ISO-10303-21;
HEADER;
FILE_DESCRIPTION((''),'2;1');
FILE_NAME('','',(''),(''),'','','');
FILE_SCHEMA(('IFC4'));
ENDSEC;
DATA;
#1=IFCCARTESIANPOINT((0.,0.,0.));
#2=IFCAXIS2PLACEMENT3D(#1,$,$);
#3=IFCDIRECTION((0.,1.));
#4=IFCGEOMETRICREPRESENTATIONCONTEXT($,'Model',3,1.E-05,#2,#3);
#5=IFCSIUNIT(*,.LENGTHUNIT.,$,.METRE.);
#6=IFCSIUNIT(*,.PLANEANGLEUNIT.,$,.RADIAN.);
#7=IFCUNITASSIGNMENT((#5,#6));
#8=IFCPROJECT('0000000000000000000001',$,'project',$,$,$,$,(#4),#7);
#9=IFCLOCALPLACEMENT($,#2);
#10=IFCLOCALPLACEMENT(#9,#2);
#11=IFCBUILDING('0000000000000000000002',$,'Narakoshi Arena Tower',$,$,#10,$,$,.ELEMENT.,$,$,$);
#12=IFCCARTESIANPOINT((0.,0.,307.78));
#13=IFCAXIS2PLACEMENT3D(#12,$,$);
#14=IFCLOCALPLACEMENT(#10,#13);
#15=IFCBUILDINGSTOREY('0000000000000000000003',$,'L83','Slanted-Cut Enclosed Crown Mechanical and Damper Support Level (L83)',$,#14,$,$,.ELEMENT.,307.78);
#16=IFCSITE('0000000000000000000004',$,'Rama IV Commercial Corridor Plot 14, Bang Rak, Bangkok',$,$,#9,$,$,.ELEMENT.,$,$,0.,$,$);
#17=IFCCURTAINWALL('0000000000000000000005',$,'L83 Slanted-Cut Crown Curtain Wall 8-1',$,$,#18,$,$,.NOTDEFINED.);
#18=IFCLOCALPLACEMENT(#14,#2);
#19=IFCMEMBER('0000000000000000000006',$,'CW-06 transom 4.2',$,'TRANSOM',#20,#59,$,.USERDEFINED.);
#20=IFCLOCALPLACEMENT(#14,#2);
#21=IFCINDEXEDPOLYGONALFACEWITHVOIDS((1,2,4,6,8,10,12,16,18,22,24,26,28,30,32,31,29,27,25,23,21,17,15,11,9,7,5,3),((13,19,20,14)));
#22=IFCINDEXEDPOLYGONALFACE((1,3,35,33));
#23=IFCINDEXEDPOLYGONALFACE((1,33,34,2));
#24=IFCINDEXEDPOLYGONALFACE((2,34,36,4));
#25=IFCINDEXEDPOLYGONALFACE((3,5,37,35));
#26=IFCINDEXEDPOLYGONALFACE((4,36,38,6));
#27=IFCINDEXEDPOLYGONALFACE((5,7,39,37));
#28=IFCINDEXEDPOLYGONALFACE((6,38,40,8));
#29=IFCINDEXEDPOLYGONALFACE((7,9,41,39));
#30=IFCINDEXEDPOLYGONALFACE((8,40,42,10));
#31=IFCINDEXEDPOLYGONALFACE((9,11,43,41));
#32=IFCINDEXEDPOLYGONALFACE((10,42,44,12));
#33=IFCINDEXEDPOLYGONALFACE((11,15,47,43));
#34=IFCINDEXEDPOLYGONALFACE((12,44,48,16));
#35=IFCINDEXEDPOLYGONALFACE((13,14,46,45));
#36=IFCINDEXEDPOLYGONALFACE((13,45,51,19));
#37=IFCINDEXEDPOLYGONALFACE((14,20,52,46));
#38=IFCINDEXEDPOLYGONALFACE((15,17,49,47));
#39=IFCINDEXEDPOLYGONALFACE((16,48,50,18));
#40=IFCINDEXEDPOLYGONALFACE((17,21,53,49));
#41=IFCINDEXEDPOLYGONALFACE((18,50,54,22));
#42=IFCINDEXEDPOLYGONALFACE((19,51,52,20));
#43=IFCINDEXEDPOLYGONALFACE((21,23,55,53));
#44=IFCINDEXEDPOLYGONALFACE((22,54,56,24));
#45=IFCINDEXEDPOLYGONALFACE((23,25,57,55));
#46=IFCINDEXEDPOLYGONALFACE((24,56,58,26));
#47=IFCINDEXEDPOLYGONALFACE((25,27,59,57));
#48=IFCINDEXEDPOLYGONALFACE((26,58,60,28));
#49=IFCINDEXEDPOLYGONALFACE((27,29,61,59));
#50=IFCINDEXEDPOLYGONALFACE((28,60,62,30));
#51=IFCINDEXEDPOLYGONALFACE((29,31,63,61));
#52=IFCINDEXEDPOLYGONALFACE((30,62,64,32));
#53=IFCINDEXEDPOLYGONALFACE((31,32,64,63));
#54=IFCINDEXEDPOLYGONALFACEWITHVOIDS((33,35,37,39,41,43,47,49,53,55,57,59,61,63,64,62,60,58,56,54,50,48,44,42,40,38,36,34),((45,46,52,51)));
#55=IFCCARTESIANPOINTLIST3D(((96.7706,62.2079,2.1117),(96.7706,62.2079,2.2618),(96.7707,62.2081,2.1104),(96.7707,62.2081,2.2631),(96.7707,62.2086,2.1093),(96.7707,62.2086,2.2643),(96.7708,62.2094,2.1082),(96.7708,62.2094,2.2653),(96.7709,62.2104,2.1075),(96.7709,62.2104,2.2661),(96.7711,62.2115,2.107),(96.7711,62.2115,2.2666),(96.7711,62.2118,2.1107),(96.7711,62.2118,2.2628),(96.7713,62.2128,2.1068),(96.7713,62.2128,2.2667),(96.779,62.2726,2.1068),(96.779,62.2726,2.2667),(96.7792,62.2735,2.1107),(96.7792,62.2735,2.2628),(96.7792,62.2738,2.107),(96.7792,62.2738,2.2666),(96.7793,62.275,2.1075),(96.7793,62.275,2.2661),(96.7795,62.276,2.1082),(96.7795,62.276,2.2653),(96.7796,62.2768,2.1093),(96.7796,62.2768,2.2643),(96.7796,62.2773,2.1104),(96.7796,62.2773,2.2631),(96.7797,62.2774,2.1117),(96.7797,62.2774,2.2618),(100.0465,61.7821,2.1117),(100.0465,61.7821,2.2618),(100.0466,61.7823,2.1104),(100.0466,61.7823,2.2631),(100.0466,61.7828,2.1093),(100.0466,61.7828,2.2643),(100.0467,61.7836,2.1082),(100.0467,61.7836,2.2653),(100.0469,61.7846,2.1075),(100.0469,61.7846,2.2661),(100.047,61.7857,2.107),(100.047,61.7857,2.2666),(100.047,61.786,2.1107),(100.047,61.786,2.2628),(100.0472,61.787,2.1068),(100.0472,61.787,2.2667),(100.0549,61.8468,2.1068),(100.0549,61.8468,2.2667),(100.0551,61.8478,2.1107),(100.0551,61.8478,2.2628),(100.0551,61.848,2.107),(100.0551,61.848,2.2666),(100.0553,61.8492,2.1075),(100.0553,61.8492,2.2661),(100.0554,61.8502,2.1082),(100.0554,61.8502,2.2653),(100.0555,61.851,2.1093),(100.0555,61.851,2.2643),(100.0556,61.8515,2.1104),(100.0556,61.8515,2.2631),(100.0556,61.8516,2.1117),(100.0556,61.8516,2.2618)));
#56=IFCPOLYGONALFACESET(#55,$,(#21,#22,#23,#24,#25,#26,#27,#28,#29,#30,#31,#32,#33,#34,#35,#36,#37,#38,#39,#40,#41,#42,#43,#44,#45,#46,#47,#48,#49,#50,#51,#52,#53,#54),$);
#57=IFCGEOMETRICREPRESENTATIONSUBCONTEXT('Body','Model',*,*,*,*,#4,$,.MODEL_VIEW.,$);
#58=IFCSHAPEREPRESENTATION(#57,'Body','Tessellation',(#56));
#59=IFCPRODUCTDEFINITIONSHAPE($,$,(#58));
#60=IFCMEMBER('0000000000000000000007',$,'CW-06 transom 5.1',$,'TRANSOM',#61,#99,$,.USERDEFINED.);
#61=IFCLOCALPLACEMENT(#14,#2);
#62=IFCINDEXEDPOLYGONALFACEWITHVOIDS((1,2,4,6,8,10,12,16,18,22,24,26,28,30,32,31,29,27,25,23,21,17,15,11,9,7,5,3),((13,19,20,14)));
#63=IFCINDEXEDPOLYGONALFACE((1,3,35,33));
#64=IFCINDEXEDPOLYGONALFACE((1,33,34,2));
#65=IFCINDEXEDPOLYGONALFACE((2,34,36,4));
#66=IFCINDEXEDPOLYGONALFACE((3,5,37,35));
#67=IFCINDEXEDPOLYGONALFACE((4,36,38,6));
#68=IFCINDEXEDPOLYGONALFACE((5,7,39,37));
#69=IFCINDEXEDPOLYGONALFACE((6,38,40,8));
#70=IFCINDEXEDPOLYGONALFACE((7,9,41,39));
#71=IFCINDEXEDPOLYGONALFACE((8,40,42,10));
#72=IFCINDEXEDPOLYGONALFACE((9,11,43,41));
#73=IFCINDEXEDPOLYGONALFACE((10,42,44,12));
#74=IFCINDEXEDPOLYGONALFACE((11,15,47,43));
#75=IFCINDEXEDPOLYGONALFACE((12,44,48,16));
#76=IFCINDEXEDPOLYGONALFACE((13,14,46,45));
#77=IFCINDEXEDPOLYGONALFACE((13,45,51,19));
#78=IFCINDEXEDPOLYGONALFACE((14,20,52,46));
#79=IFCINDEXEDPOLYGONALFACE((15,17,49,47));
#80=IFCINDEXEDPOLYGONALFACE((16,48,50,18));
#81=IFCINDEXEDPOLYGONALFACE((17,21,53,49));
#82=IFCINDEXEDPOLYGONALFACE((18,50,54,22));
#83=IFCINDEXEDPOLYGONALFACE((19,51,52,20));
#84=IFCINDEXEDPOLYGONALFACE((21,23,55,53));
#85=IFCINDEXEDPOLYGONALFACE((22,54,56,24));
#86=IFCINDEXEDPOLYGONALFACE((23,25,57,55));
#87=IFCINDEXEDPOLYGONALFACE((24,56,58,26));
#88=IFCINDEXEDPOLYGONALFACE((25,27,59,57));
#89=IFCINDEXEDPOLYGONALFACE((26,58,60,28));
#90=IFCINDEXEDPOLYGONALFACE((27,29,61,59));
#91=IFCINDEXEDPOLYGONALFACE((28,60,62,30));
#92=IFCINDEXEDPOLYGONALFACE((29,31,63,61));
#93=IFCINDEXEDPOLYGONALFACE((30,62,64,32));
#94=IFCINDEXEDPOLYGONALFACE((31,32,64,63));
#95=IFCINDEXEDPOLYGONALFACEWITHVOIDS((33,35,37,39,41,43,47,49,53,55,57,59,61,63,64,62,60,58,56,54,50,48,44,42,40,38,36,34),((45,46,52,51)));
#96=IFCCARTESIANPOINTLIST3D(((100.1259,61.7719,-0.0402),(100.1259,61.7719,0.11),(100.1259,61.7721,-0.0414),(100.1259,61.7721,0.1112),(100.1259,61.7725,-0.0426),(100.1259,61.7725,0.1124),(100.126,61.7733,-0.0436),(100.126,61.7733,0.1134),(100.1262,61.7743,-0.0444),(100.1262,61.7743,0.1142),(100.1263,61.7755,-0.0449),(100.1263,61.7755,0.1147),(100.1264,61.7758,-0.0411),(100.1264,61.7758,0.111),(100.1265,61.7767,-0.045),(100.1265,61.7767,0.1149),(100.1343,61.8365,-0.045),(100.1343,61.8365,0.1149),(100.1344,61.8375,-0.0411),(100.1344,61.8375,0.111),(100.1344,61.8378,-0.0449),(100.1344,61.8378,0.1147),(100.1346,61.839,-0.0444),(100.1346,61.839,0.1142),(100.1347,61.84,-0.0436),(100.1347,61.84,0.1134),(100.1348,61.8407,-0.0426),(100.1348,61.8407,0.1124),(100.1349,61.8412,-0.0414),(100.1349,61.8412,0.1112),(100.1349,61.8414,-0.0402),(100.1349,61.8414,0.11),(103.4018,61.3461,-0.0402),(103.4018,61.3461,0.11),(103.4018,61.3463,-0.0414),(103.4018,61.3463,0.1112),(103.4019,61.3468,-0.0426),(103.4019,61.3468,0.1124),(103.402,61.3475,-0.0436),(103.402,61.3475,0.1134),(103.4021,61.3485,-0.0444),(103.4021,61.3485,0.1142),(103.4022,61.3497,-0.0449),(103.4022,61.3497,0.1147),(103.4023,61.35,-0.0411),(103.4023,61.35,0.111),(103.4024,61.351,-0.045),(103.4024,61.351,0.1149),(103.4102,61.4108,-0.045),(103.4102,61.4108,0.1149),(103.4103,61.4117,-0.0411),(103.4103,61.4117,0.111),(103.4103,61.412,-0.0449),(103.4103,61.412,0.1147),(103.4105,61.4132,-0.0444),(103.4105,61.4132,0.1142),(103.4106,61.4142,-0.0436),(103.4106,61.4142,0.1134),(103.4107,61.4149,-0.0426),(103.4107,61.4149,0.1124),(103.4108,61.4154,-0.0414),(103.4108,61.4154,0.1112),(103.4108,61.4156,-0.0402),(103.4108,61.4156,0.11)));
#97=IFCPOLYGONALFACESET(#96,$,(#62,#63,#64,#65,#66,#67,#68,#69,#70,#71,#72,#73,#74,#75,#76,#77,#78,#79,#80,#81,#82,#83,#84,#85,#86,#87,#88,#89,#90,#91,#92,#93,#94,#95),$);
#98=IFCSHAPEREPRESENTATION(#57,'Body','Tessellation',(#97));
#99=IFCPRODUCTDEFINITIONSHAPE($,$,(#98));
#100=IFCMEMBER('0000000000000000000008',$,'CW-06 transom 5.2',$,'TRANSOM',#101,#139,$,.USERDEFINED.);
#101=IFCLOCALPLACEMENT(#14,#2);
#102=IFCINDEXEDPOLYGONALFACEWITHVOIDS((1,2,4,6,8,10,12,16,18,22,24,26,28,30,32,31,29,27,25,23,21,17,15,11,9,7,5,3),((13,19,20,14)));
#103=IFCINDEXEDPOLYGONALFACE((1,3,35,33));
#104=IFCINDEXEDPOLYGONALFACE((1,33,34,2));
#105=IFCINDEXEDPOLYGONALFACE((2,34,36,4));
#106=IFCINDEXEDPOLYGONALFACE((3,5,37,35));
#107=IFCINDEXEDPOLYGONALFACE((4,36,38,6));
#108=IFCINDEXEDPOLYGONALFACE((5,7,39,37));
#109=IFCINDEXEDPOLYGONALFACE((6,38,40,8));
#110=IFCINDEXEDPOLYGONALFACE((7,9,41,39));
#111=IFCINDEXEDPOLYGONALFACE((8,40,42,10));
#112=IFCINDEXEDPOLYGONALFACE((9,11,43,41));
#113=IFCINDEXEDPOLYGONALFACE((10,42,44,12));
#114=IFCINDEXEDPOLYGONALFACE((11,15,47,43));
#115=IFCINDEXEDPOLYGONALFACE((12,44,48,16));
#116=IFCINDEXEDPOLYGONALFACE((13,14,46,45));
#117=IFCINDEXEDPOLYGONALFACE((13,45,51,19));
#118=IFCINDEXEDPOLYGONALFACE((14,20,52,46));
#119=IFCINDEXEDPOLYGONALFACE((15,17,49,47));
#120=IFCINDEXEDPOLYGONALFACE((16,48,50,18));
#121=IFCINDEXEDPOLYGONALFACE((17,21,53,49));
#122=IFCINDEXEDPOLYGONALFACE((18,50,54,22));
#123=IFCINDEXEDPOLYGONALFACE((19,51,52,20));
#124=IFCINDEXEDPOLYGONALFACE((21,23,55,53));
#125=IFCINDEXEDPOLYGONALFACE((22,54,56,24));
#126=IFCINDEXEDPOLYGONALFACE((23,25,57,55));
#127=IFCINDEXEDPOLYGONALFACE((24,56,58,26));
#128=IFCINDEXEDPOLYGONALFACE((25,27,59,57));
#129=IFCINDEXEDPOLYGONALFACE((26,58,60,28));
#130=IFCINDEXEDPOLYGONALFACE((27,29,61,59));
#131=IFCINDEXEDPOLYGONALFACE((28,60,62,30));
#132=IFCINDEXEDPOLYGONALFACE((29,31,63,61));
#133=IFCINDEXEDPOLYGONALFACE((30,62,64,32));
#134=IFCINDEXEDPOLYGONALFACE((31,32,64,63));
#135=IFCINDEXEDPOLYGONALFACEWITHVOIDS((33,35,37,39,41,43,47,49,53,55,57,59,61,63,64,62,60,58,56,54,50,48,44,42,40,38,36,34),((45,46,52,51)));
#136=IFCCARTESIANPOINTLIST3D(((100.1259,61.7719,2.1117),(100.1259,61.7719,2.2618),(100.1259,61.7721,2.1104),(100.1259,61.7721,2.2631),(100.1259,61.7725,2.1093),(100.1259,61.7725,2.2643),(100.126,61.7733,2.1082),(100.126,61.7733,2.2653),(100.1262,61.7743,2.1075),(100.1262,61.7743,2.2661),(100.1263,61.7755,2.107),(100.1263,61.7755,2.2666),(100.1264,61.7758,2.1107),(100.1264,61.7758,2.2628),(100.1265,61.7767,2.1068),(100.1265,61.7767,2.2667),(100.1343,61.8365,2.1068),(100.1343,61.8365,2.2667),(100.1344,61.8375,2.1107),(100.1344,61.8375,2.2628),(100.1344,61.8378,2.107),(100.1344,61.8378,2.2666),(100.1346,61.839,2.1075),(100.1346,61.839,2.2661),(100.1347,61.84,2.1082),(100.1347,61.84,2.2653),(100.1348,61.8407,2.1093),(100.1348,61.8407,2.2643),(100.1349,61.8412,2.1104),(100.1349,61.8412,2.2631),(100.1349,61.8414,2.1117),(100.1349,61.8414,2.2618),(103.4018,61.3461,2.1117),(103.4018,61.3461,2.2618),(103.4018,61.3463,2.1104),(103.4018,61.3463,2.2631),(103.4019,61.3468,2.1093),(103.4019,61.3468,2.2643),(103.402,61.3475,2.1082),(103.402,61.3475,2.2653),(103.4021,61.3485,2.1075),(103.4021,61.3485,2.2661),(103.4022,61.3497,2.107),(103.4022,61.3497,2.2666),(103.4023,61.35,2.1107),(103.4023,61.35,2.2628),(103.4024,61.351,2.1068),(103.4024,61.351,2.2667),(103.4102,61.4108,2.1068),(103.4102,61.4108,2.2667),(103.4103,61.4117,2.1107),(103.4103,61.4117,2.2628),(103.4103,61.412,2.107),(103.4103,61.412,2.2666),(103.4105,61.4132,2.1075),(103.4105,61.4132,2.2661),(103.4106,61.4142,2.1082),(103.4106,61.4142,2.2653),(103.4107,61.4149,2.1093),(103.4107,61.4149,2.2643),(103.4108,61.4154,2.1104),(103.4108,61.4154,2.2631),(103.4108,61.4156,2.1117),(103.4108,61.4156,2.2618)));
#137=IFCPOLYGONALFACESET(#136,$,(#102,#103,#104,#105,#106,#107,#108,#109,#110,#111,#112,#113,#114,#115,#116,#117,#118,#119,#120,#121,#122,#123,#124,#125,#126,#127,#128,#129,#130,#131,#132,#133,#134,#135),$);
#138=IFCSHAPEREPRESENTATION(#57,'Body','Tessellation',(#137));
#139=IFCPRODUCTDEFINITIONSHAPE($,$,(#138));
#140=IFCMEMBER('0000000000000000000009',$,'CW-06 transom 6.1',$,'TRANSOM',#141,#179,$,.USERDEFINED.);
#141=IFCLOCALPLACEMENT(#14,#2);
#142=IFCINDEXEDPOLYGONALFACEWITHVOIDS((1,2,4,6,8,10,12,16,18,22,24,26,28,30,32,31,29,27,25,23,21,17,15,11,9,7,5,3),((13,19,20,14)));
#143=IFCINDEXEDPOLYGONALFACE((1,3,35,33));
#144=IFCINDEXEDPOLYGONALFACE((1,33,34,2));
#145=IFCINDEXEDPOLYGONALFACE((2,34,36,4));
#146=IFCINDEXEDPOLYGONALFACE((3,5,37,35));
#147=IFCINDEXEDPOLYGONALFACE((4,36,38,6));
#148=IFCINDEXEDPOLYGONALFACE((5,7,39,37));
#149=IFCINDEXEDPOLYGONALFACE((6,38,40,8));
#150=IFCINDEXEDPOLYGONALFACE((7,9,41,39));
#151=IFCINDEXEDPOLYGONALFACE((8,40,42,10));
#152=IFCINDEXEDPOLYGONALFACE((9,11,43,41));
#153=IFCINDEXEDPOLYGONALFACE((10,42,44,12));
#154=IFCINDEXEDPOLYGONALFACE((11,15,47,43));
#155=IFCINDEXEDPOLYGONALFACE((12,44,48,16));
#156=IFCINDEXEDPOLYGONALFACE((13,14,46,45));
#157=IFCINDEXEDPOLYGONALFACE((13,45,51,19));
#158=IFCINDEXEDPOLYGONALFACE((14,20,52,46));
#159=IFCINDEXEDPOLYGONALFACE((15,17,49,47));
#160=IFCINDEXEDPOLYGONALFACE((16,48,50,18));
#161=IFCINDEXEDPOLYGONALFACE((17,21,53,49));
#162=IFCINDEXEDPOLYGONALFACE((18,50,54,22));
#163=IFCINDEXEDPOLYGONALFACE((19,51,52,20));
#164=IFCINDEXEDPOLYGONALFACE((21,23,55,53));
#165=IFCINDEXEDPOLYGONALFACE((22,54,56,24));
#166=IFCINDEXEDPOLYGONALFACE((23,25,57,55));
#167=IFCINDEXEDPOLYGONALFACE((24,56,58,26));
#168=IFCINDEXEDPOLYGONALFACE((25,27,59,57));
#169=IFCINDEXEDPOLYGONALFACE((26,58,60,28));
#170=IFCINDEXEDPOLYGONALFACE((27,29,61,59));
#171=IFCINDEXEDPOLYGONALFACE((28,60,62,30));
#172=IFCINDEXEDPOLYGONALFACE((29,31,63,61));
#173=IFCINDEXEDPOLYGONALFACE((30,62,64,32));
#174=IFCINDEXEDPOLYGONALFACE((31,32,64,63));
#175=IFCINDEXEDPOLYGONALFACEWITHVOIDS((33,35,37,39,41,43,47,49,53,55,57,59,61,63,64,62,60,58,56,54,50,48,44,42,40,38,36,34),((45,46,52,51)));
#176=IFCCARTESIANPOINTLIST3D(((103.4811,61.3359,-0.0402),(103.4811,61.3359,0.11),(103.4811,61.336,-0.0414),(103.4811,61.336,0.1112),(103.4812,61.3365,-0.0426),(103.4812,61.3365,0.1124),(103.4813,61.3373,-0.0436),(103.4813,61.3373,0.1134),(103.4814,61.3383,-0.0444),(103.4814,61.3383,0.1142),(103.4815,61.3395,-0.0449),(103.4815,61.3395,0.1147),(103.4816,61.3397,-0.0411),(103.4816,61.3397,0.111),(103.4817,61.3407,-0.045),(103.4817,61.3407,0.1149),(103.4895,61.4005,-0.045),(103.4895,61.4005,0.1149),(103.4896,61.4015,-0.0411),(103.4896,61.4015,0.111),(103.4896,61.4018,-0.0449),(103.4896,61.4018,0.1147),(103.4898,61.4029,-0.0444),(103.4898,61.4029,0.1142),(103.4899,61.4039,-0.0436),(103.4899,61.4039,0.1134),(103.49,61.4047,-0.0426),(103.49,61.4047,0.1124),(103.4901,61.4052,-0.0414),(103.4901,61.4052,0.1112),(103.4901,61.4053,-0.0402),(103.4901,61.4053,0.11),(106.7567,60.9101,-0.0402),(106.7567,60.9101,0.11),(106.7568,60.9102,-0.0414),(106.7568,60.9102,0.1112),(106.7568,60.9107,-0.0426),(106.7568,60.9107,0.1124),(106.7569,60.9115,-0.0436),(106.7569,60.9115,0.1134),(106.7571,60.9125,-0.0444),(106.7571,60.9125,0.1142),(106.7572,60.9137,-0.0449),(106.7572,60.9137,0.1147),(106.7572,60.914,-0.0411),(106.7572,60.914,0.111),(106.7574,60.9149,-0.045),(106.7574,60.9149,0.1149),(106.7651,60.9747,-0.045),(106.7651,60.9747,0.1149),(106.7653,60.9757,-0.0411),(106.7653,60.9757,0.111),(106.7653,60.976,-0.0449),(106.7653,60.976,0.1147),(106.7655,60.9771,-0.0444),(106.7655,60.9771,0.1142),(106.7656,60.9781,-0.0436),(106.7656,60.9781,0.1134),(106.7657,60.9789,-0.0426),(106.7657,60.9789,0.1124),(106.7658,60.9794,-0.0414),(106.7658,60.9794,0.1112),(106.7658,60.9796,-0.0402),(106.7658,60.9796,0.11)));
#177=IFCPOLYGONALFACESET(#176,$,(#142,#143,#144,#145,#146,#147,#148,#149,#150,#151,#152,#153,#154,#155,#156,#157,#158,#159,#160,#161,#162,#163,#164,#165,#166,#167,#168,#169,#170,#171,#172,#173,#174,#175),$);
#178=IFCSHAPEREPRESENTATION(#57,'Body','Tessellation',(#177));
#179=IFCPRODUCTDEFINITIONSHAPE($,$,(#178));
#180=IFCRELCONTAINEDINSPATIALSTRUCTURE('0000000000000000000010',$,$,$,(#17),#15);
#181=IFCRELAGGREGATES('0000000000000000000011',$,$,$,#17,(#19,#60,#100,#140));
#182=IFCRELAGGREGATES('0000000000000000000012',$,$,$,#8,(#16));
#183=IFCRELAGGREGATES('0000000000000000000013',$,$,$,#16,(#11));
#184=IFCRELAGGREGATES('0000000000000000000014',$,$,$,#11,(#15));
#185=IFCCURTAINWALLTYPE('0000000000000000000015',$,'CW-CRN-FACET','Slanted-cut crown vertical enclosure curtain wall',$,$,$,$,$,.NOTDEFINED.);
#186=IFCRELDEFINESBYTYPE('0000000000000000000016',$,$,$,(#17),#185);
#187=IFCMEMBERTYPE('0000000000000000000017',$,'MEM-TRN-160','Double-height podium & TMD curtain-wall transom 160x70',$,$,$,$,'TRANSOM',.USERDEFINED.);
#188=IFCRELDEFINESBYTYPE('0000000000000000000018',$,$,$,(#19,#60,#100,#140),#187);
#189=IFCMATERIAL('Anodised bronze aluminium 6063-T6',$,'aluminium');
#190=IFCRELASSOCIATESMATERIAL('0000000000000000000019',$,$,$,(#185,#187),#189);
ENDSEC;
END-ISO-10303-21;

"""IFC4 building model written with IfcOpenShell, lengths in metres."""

from ifc_helpers import new_model, si_unit, direction, frame, origin, origin_2d, place, context, subcontext, project, spatial, hollow_rectangle, extrude, material, material_profile, profile_set, type_object, element, aggregate, save


model = new_model("IFC4")

# Units and contexts
model_context = context("Model", 3, precision=1e-05, world=origin(), true_north=direction((0.0, 1.0)))
body_context = subcontext(model_context, "Body", "Model", "MODEL_VIEW")
ifc_project = project(units=[si_unit("LENGTHUNIT", "METRE"), si_unit("PLANEANGLEUNIT", "RADIAN")], contexts=[model_context])

# Site, building, storey
site_placement = place(None, origin())
site = spatial("IfcSite", under=ifc_project, at=site_placement, Name="Rama IV Commercial Corridor Plot 14, Bang Rak, Bangkok", CompositionType="ELEMENT", RefElevation=0.0)
building_placement = place(site_placement, origin())
building = spatial("IfcBuilding", under=site, at=building_placement, Name="Narakoshi Arena Tower", CompositionType="ELEMENT")
storey_placement = place(building_placement, frame((0.0, 0.0, 307.78)))
storey = spatial("IfcBuildingStorey", under=building, at=storey_placement, Name="L83", Description="Slanted-Cut Enclosed Crown Mechanical and Damper Support Level (L83)", CompositionType="ELEMENT", Elevation=307.78)

# Curtain wall, members
ifc_material_1 = material(Name="Anodised bronze aluminium 6063-T6", Category="aluminium")
curtain_wall_type = type_object("IfcCurtainWallType", Name="CW-CRN-FACET", Description="Slanted-cut crown vertical enclosure curtain wall", PredefinedType="NOTDEFINED", material=ifc_material_1)
curtain_wall_placement = place(storey_placement, origin())
curtain_wall = element("IfcCurtainWall", 1, at=curtain_wall_placement, inside=storey, type_object=curtain_wall_type, Name="L83 Slanted-Cut Crown Curtain Wall 8-1", PredefinedType="NOTDEFINED")
ifc_material_profile_1 = material_profile(ifc_material_1, hollow_rectangle(XDim=0.0701, YDim=0.1599, WallThickness=0.0039, OuterFilletRadius=0.0049, at=origin_2d()), Name="TRN160x70x4")
ifc_profile_set_1 = profile_set([ifc_material_profile_1], Name="Anodised bronze aluminium 6063-T6")
member_type_1 = type_object("IfcMemberType", Name="MEM-TRN-160", Description="Double-height podium & TMD curtain-wall transom 160x70", ElementType="TRANSOM", PredefinedType="USERDEFINED", material=ifc_profile_set_1)
member_1_placement = place(storey_placement, frame((96.7751, 62.2427, 2.1868), z_axis=(0.991659, -0.128891, 0.0), x_axis=(0.128891, 0.991659, 0.0)))
member_1 = element("IfcMember", 2, at=member_1_placement, type_object=member_type_1, Name="CW-06 transom 4.2", ObjectType="TRANSOM", PredefinedType="USERDEFINED", context=body_context, shape_type="SweptSolid", body=[
    extrude(hollow_rectangle(XDim=0.0701, YDim=0.1599, WallThickness=0.0039, OuterFilletRadius=0.0049, at=origin_2d()), origin(), (0.0, 0.0, 1.0), 3.3035),
])
member_2_placement = place(storey_placement, frame((100.1304, 61.8066, 0.0349), z_axis=(0.991659, -0.128891, 0.0), x_axis=(0.128891, 0.991659, 0.0)))
member_2 = element("IfcMember", 3, at=member_2_placement, type_object=member_type_1, Name="CW-06 transom 5.1", ObjectType="TRANSOM", PredefinedType="USERDEFINED", context=body_context, shape_type="SweptSolid", body=[
    extrude(hollow_rectangle(XDim=0.0701, YDim=0.1599, WallThickness=0.0039, OuterFilletRadius=0.0049, at=origin_2d()), origin(), (0.0, 0.0, 1.0), 3.3035),
])
member_3_placement = place(storey_placement, frame((100.1304, 61.8066, 2.1868), z_axis=(0.991659, -0.128891, 0.0), x_axis=(0.128891, 0.991659, 0.0)))
member_3 = element("IfcMember", 4, at=member_3_placement, type_object=member_type_1, Name="CW-06 transom 5.2", ObjectType="TRANSOM", PredefinedType="USERDEFINED", context=body_context, shape_type="SweptSolid", body=[
    extrude(hollow_rectangle(XDim=0.0701, YDim=0.1599, WallThickness=0.0039, OuterFilletRadius=0.0049, at=origin_2d()), origin(), (0.0, 0.0, 1.0), 3.3035),
])
member_4_placement = place(storey_placement, frame((103.4856, 61.3706, 0.0349), z_axis=(0.991658, -0.1289, 0.0), x_axis=(0.1289, 0.991658, 0.0)))
member_4 = element("IfcMember", 5, at=member_4_placement, type_object=member_type_1, Name="CW-06 transom 6.1", ObjectType="TRANSOM", PredefinedType="USERDEFINED", context=body_context, shape_type="SweptSolid", body=[
    extrude(hollow_rectangle(XDim=0.0701, YDim=0.1599, WallThickness=0.0039, OuterFilletRadius=0.0049, at=origin_2d()), origin(), (0.0, 0.0, 1.0), 3.3032),
])
aggregate(curtain_wall, [member_1, member_2, member_3, member_4])

save(model, "model.ifc")
